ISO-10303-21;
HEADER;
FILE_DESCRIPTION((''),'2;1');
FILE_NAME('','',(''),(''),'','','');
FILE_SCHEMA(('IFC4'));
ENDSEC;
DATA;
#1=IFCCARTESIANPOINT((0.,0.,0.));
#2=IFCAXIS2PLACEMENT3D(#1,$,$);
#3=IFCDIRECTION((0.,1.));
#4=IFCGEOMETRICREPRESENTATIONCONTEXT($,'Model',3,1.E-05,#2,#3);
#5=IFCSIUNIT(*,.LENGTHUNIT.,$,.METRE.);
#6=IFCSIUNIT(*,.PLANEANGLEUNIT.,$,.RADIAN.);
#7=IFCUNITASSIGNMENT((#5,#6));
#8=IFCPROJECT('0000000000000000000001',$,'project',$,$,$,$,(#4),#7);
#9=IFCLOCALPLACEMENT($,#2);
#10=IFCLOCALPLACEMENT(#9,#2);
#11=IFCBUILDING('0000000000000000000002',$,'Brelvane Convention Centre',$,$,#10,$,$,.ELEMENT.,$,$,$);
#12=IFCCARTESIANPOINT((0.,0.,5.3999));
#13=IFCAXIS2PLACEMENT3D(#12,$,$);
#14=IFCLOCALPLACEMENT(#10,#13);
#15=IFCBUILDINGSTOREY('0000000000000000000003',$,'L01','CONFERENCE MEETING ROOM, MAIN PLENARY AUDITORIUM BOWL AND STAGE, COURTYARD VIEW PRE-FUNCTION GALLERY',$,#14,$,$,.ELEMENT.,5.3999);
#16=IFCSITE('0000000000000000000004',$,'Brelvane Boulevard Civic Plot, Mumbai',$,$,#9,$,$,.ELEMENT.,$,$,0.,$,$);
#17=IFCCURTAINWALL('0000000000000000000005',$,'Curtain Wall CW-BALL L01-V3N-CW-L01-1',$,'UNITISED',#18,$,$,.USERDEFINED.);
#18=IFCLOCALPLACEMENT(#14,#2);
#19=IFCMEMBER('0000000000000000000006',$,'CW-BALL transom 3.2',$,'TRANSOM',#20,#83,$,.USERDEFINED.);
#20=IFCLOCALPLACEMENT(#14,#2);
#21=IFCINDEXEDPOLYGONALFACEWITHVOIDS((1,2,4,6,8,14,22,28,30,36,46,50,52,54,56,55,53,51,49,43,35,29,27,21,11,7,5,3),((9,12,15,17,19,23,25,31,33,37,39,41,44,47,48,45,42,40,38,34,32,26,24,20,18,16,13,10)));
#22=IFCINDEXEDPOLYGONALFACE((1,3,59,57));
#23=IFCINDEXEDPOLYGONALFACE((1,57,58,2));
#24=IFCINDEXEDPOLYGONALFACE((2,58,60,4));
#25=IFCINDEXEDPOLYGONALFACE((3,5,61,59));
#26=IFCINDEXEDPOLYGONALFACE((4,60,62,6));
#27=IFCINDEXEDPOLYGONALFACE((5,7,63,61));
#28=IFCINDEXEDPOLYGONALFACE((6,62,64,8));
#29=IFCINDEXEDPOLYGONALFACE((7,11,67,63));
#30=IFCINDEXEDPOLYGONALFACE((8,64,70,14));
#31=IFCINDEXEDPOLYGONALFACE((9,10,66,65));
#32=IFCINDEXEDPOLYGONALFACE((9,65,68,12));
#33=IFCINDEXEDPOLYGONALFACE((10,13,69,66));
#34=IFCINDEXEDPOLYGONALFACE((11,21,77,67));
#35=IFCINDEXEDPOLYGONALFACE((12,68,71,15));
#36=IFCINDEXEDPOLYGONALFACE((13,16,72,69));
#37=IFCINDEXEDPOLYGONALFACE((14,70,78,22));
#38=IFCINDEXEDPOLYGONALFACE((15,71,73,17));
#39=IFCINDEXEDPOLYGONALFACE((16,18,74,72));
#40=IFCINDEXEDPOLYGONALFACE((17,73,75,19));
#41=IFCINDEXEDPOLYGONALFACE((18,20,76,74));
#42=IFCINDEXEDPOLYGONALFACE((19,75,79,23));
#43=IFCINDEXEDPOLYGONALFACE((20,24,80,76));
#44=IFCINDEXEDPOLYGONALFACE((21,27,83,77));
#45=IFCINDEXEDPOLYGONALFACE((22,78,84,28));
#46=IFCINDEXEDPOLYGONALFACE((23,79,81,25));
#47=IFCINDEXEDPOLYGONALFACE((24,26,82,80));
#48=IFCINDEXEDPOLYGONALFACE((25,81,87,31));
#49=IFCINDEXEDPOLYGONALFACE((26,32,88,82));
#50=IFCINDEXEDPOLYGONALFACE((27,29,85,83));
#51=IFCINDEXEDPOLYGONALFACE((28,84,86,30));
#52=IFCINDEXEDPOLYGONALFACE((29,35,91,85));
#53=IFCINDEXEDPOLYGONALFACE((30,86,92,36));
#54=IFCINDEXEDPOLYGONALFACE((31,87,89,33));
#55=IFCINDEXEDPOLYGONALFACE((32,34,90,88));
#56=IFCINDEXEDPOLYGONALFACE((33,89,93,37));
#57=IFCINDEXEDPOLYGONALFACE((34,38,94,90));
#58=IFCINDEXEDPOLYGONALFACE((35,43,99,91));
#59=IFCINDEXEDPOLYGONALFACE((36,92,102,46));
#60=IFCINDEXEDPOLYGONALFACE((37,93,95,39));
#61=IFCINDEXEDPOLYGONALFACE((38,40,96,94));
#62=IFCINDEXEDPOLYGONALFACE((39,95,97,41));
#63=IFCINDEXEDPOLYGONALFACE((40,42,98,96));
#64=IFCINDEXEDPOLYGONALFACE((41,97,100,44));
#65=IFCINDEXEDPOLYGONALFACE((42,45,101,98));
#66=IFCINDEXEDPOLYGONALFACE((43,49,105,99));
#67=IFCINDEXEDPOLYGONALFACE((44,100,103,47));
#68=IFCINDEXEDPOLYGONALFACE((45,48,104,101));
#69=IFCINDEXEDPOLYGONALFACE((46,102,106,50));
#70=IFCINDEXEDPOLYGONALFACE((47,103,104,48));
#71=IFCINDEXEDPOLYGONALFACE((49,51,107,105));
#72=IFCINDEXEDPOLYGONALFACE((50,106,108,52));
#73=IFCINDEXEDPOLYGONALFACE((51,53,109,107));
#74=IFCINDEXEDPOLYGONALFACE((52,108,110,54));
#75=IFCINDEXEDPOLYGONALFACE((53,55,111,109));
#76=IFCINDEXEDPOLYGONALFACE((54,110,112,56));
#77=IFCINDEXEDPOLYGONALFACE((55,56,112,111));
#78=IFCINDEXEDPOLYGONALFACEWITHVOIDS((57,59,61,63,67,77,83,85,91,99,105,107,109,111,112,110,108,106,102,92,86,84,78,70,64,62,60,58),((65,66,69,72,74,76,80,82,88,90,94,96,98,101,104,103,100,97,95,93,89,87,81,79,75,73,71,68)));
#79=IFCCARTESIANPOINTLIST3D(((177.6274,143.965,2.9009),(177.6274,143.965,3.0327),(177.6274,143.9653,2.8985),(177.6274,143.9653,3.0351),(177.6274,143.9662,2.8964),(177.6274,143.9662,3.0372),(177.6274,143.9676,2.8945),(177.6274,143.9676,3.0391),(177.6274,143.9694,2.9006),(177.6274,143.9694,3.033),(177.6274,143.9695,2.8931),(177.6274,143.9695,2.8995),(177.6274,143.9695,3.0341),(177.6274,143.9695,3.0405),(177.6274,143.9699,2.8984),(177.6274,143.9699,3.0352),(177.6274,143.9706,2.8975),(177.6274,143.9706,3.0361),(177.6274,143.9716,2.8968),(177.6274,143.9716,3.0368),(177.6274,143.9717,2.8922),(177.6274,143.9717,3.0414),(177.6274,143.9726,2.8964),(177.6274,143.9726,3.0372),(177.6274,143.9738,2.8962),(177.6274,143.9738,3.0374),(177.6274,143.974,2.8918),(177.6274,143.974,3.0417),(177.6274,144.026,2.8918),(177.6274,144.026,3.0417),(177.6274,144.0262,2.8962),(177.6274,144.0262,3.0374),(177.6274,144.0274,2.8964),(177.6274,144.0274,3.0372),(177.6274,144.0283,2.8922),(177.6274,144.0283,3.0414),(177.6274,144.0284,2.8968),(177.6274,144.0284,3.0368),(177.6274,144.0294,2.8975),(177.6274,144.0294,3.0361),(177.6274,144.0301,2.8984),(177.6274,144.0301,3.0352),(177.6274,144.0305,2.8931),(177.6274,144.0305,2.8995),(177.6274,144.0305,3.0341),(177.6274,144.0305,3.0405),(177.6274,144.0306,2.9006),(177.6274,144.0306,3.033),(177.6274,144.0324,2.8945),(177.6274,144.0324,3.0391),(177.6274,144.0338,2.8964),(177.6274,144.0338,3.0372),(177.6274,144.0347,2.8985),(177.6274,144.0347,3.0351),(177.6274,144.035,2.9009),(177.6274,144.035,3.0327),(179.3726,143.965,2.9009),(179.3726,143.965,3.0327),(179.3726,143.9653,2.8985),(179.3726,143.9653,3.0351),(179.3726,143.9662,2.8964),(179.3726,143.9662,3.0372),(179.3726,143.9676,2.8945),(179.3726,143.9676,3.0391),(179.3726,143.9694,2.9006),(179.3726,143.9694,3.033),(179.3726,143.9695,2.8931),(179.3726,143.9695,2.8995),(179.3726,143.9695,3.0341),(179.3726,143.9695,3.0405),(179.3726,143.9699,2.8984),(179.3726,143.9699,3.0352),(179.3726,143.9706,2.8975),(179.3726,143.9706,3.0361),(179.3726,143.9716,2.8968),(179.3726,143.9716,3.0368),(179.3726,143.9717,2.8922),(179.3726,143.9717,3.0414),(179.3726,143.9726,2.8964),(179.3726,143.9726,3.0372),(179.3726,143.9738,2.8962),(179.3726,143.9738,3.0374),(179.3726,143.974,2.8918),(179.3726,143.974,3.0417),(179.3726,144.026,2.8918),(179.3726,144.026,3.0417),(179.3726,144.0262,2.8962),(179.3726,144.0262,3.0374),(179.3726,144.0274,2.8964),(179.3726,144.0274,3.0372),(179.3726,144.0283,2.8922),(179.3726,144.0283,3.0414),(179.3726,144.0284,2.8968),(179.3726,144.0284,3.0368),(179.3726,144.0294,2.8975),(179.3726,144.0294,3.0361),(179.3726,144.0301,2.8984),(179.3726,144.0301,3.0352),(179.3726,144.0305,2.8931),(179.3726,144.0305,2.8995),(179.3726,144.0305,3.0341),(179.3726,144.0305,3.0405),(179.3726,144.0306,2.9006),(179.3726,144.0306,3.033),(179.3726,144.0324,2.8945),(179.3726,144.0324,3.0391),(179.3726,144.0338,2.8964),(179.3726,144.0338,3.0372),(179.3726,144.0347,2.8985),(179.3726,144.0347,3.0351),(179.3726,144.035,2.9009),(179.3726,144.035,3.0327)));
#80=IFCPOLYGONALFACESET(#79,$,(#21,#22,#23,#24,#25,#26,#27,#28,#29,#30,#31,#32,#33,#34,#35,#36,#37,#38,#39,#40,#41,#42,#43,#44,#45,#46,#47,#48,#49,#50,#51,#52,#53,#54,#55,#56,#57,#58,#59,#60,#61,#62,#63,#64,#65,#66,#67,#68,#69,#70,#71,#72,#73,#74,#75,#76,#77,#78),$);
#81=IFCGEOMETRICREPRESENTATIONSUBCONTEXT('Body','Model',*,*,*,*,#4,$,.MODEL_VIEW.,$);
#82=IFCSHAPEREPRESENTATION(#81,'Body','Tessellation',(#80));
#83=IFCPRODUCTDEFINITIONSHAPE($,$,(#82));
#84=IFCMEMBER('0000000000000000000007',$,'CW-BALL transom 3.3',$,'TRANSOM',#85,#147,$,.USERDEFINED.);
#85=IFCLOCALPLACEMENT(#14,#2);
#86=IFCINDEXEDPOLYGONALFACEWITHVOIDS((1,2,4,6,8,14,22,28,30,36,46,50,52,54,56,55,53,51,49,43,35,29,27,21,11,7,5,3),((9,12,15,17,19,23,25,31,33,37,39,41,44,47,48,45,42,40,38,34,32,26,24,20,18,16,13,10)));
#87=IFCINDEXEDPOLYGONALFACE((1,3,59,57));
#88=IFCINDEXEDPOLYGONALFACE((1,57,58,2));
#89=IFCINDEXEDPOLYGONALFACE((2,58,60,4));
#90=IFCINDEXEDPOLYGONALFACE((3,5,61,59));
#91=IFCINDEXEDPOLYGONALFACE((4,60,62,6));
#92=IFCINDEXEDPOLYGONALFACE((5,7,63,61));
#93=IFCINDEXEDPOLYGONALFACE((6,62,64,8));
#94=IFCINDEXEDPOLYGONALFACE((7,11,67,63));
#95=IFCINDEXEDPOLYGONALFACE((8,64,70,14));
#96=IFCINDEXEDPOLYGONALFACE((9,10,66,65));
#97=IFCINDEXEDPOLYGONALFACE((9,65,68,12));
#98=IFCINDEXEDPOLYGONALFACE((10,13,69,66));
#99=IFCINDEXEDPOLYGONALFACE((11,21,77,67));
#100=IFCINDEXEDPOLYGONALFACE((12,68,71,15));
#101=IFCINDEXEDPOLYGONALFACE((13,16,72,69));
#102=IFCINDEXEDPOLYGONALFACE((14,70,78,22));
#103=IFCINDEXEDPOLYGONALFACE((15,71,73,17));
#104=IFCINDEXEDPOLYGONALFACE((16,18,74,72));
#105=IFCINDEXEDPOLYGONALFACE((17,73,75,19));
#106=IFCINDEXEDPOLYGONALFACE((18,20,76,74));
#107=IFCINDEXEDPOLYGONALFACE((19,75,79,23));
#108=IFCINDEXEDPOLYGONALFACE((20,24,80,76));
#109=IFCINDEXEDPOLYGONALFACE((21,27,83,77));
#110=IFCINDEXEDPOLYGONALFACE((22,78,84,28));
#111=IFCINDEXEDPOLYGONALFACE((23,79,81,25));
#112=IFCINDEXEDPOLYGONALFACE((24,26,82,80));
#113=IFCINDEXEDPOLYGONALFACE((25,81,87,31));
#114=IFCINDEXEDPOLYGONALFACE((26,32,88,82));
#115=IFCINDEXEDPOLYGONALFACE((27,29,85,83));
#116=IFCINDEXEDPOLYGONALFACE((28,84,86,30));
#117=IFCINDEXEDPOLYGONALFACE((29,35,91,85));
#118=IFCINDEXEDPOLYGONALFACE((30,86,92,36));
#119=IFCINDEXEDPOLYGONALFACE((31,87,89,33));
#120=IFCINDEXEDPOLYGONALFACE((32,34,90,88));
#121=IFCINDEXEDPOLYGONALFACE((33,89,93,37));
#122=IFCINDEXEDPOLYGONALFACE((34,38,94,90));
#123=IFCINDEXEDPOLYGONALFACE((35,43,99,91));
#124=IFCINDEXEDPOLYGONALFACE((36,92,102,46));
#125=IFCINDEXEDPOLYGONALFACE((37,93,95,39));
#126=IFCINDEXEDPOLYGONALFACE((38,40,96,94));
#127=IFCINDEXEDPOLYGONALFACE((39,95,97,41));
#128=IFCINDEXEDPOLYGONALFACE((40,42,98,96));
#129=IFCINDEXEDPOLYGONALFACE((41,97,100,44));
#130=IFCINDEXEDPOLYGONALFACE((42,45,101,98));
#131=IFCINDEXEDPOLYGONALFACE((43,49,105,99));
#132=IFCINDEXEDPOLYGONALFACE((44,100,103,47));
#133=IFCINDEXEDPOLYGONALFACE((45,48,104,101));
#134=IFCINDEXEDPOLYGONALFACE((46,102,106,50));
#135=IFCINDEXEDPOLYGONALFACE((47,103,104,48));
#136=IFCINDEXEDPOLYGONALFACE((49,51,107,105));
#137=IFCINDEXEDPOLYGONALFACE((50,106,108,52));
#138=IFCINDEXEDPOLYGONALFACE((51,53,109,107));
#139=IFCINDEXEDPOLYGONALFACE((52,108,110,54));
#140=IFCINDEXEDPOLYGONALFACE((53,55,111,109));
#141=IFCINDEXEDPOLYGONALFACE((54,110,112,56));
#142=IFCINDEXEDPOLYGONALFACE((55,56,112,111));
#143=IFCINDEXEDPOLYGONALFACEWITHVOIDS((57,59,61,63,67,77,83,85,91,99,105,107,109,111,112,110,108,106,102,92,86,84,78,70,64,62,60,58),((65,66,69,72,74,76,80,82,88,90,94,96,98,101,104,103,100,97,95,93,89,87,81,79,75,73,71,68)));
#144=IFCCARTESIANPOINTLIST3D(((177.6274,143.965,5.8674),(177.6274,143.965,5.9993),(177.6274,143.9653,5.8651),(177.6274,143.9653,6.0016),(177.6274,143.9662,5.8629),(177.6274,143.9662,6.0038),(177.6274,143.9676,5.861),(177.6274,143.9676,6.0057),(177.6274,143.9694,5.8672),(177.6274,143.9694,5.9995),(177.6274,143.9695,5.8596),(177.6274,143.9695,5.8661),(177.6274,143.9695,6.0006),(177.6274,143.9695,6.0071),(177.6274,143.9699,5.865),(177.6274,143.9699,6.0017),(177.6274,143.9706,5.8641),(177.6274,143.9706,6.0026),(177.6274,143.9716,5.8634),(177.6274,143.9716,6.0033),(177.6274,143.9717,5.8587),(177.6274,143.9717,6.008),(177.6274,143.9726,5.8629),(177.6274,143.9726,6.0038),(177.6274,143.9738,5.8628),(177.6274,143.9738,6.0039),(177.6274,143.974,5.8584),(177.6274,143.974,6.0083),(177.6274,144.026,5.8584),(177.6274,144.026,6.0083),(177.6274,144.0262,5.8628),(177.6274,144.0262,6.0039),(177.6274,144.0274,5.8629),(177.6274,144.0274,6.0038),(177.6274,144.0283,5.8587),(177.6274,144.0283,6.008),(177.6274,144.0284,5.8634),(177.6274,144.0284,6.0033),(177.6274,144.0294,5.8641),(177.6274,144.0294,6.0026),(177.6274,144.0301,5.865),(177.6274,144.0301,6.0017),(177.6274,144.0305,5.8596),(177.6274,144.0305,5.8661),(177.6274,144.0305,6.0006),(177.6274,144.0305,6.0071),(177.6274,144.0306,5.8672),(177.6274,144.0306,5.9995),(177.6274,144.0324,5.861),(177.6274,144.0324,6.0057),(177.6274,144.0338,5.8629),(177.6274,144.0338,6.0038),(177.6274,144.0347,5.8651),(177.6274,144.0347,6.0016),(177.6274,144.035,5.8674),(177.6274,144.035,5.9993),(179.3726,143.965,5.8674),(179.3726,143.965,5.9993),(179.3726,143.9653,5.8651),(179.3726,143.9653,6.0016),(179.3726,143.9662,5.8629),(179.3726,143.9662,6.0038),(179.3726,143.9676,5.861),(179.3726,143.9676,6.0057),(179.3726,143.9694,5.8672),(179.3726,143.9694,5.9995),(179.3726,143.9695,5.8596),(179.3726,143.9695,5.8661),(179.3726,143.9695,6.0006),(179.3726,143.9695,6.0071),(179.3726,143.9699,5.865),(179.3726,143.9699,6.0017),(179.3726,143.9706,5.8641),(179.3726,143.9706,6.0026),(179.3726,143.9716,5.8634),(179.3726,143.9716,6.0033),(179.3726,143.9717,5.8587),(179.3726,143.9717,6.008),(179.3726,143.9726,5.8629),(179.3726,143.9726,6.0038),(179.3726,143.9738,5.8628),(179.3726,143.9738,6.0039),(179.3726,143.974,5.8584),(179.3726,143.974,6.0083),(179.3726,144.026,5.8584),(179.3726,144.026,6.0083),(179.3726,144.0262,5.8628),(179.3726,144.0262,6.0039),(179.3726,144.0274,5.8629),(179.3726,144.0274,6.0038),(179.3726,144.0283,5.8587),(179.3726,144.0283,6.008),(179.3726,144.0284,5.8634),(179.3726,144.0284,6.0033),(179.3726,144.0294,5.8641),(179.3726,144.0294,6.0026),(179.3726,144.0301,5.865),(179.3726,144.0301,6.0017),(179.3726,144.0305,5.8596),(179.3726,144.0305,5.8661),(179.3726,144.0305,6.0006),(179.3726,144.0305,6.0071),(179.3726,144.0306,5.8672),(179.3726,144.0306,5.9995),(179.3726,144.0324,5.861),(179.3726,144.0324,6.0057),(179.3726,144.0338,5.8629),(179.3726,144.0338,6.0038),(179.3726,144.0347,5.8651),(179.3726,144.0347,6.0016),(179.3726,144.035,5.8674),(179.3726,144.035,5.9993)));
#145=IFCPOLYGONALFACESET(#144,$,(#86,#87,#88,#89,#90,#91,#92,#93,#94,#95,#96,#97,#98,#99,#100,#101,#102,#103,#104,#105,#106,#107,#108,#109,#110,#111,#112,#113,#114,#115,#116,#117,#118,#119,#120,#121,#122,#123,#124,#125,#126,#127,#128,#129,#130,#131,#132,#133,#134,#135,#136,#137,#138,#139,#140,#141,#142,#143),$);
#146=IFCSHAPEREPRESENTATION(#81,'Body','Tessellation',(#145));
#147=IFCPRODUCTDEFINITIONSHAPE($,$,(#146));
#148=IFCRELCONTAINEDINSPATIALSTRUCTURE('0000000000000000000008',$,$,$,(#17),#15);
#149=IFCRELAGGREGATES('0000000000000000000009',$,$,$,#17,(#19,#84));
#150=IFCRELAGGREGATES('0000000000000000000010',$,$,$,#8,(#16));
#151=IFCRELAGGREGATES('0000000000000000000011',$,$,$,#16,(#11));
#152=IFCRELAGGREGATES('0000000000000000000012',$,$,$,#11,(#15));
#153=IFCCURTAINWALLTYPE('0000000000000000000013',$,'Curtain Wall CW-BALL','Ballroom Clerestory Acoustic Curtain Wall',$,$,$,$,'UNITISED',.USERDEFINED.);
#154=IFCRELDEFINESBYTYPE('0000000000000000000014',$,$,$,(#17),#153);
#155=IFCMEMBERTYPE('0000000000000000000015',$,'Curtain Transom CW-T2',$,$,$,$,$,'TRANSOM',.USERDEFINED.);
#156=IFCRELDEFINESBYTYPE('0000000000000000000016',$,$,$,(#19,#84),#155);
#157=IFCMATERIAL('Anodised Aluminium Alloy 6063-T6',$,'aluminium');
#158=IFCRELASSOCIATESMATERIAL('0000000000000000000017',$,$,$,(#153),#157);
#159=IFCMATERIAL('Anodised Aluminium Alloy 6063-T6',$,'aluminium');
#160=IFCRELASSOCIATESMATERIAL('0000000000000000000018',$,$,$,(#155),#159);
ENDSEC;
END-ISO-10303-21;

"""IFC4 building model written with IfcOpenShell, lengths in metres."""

from ifc_helpers import new_model, si_unit, direction, frame, origin, origin_2d, place, context, subcontext, project, spatial, hollow_rectangle, extrude, material, material_profile, profile_set, type_object, element, aggregate, save


model = new_model("IFC4")

# Units and contexts
model_context = context("Model", 3, precision=1e-05, world=origin(), true_north=direction((0.0, 1.0)))
body_context = subcontext(model_context, "Body", "Model", "MODEL_VIEW")
ifc_project = project(units=[si_unit("LENGTHUNIT", "METRE"), si_unit("PLANEANGLEUNIT", "RADIAN")], contexts=[model_context])

# Site, building, storey
site_placement = place(None, origin())
site = spatial("IfcSite", under=ifc_project, at=site_placement, Name="Brelvane Boulevard Civic Plot, Mumbai", CompositionType="ELEMENT", RefElevation=0.0)
building_placement = place(site_placement, origin())
building = spatial("IfcBuilding", under=site, at=building_placement, Name="Brelvane Convention Centre", CompositionType="ELEMENT")
storey_placement = place(building_placement, frame((0.0, 0.0, 5.3999)))
storey = spatial("IfcBuildingStorey", under=building, at=storey_placement, Name="L01", Description="CONFERENCE MEETING ROOM, MAIN PLENARY AUDITORIUM BOWL AND STAGE, COURTYARD VIEW PRE-FUNCTION GALLERY", CompositionType="ELEMENT", Elevation=5.3999)

# Curtain wall, members
ifc_material_1 = material(Name="Anodised Aluminium Alloy 6063-T6", Category="aluminium")
curtain_wall_type = type_object("IfcCurtainWallType", Name="Curtain Wall CW-BALL", Description="Ballroom Clerestory Acoustic Curtain Wall", ElementType="UNITISED", PredefinedType="USERDEFINED", material=ifc_material_1)
curtain_wall_placement = place(storey_placement, origin())
curtain_wall = element("IfcCurtainWall", 1, at=curtain_wall_placement, inside=storey, type_object=curtain_wall_type, Name="Curtain Wall CW-BALL L01-V3N-CW-L01-1", ObjectType="UNITISED", PredefinedType="USERDEFINED")
ifc_material_2 = material(Name="Anodised Aluminium Alloy 6063-T6", Category="aluminium")
ifc_material_profile_1 = material_profile(ifc_material_2, hollow_rectangle(XDim=0.0701, YDim=0.1499, WallThickness=0.0044, InnerFilletRadius=0.0044, OuterFilletRadius=0.009, at=origin_2d()), Name="ALU-T 150x70x4.5")
ifc_profile_set_1 = profile_set([ifc_material_profile_1], Name="Anodised Aluminium Alloy 6063-T6")
member_type_1 = type_object("IfcMemberType", Name="Curtain Transom CW-T2", ElementType="TRANSOM", PredefinedType="USERDEFINED", material=ifc_profile_set_1)
member_1_placement = place(storey_placement, frame((177.6274, 144.0, 2.9668), z_axis=(1.0, 0.0, 0.0), x_axis=(0.0, 1.0, 0.0)))
member_1 = element("IfcMember", 2, at=member_1_placement, type_object=member_type_1, Name="CW-BALL transom 3.2", ObjectType="TRANSOM", PredefinedType="USERDEFINED", context=body_context, shape_type="SweptSolid", body=[
    extrude(hollow_rectangle(XDim=0.0701, YDim=0.1499, WallThickness=0.0044, InnerFilletRadius=0.0044, OuterFilletRadius=0.009, at=origin_2d()), origin(), (0.0, 0.0, 1.0), 1.7451),
])
member_2_placement = place(storey_placement, frame((177.6274, 144.0, 5.9333), z_axis=(1.0, 0.0, 0.0), x_axis=(0.0, 1.0, 0.0)))
member_2 = element("IfcMember", 3, at=member_2_placement, type_object=member_type_1, Name="CW-BALL transom 3.3", ObjectType="TRANSOM", PredefinedType="USERDEFINED", context=body_context, shape_type="SweptSolid", body=[
    extrude(hollow_rectangle(XDim=0.0701, YDim=0.1499, WallThickness=0.0044, InnerFilletRadius=0.0044, OuterFilletRadius=0.009, at=origin_2d()), origin(), (0.0, 0.0, 1.0), 1.7451),
])
aggregate(curtain_wall, [member_1, member_2])

save(model, "model.ifc")
